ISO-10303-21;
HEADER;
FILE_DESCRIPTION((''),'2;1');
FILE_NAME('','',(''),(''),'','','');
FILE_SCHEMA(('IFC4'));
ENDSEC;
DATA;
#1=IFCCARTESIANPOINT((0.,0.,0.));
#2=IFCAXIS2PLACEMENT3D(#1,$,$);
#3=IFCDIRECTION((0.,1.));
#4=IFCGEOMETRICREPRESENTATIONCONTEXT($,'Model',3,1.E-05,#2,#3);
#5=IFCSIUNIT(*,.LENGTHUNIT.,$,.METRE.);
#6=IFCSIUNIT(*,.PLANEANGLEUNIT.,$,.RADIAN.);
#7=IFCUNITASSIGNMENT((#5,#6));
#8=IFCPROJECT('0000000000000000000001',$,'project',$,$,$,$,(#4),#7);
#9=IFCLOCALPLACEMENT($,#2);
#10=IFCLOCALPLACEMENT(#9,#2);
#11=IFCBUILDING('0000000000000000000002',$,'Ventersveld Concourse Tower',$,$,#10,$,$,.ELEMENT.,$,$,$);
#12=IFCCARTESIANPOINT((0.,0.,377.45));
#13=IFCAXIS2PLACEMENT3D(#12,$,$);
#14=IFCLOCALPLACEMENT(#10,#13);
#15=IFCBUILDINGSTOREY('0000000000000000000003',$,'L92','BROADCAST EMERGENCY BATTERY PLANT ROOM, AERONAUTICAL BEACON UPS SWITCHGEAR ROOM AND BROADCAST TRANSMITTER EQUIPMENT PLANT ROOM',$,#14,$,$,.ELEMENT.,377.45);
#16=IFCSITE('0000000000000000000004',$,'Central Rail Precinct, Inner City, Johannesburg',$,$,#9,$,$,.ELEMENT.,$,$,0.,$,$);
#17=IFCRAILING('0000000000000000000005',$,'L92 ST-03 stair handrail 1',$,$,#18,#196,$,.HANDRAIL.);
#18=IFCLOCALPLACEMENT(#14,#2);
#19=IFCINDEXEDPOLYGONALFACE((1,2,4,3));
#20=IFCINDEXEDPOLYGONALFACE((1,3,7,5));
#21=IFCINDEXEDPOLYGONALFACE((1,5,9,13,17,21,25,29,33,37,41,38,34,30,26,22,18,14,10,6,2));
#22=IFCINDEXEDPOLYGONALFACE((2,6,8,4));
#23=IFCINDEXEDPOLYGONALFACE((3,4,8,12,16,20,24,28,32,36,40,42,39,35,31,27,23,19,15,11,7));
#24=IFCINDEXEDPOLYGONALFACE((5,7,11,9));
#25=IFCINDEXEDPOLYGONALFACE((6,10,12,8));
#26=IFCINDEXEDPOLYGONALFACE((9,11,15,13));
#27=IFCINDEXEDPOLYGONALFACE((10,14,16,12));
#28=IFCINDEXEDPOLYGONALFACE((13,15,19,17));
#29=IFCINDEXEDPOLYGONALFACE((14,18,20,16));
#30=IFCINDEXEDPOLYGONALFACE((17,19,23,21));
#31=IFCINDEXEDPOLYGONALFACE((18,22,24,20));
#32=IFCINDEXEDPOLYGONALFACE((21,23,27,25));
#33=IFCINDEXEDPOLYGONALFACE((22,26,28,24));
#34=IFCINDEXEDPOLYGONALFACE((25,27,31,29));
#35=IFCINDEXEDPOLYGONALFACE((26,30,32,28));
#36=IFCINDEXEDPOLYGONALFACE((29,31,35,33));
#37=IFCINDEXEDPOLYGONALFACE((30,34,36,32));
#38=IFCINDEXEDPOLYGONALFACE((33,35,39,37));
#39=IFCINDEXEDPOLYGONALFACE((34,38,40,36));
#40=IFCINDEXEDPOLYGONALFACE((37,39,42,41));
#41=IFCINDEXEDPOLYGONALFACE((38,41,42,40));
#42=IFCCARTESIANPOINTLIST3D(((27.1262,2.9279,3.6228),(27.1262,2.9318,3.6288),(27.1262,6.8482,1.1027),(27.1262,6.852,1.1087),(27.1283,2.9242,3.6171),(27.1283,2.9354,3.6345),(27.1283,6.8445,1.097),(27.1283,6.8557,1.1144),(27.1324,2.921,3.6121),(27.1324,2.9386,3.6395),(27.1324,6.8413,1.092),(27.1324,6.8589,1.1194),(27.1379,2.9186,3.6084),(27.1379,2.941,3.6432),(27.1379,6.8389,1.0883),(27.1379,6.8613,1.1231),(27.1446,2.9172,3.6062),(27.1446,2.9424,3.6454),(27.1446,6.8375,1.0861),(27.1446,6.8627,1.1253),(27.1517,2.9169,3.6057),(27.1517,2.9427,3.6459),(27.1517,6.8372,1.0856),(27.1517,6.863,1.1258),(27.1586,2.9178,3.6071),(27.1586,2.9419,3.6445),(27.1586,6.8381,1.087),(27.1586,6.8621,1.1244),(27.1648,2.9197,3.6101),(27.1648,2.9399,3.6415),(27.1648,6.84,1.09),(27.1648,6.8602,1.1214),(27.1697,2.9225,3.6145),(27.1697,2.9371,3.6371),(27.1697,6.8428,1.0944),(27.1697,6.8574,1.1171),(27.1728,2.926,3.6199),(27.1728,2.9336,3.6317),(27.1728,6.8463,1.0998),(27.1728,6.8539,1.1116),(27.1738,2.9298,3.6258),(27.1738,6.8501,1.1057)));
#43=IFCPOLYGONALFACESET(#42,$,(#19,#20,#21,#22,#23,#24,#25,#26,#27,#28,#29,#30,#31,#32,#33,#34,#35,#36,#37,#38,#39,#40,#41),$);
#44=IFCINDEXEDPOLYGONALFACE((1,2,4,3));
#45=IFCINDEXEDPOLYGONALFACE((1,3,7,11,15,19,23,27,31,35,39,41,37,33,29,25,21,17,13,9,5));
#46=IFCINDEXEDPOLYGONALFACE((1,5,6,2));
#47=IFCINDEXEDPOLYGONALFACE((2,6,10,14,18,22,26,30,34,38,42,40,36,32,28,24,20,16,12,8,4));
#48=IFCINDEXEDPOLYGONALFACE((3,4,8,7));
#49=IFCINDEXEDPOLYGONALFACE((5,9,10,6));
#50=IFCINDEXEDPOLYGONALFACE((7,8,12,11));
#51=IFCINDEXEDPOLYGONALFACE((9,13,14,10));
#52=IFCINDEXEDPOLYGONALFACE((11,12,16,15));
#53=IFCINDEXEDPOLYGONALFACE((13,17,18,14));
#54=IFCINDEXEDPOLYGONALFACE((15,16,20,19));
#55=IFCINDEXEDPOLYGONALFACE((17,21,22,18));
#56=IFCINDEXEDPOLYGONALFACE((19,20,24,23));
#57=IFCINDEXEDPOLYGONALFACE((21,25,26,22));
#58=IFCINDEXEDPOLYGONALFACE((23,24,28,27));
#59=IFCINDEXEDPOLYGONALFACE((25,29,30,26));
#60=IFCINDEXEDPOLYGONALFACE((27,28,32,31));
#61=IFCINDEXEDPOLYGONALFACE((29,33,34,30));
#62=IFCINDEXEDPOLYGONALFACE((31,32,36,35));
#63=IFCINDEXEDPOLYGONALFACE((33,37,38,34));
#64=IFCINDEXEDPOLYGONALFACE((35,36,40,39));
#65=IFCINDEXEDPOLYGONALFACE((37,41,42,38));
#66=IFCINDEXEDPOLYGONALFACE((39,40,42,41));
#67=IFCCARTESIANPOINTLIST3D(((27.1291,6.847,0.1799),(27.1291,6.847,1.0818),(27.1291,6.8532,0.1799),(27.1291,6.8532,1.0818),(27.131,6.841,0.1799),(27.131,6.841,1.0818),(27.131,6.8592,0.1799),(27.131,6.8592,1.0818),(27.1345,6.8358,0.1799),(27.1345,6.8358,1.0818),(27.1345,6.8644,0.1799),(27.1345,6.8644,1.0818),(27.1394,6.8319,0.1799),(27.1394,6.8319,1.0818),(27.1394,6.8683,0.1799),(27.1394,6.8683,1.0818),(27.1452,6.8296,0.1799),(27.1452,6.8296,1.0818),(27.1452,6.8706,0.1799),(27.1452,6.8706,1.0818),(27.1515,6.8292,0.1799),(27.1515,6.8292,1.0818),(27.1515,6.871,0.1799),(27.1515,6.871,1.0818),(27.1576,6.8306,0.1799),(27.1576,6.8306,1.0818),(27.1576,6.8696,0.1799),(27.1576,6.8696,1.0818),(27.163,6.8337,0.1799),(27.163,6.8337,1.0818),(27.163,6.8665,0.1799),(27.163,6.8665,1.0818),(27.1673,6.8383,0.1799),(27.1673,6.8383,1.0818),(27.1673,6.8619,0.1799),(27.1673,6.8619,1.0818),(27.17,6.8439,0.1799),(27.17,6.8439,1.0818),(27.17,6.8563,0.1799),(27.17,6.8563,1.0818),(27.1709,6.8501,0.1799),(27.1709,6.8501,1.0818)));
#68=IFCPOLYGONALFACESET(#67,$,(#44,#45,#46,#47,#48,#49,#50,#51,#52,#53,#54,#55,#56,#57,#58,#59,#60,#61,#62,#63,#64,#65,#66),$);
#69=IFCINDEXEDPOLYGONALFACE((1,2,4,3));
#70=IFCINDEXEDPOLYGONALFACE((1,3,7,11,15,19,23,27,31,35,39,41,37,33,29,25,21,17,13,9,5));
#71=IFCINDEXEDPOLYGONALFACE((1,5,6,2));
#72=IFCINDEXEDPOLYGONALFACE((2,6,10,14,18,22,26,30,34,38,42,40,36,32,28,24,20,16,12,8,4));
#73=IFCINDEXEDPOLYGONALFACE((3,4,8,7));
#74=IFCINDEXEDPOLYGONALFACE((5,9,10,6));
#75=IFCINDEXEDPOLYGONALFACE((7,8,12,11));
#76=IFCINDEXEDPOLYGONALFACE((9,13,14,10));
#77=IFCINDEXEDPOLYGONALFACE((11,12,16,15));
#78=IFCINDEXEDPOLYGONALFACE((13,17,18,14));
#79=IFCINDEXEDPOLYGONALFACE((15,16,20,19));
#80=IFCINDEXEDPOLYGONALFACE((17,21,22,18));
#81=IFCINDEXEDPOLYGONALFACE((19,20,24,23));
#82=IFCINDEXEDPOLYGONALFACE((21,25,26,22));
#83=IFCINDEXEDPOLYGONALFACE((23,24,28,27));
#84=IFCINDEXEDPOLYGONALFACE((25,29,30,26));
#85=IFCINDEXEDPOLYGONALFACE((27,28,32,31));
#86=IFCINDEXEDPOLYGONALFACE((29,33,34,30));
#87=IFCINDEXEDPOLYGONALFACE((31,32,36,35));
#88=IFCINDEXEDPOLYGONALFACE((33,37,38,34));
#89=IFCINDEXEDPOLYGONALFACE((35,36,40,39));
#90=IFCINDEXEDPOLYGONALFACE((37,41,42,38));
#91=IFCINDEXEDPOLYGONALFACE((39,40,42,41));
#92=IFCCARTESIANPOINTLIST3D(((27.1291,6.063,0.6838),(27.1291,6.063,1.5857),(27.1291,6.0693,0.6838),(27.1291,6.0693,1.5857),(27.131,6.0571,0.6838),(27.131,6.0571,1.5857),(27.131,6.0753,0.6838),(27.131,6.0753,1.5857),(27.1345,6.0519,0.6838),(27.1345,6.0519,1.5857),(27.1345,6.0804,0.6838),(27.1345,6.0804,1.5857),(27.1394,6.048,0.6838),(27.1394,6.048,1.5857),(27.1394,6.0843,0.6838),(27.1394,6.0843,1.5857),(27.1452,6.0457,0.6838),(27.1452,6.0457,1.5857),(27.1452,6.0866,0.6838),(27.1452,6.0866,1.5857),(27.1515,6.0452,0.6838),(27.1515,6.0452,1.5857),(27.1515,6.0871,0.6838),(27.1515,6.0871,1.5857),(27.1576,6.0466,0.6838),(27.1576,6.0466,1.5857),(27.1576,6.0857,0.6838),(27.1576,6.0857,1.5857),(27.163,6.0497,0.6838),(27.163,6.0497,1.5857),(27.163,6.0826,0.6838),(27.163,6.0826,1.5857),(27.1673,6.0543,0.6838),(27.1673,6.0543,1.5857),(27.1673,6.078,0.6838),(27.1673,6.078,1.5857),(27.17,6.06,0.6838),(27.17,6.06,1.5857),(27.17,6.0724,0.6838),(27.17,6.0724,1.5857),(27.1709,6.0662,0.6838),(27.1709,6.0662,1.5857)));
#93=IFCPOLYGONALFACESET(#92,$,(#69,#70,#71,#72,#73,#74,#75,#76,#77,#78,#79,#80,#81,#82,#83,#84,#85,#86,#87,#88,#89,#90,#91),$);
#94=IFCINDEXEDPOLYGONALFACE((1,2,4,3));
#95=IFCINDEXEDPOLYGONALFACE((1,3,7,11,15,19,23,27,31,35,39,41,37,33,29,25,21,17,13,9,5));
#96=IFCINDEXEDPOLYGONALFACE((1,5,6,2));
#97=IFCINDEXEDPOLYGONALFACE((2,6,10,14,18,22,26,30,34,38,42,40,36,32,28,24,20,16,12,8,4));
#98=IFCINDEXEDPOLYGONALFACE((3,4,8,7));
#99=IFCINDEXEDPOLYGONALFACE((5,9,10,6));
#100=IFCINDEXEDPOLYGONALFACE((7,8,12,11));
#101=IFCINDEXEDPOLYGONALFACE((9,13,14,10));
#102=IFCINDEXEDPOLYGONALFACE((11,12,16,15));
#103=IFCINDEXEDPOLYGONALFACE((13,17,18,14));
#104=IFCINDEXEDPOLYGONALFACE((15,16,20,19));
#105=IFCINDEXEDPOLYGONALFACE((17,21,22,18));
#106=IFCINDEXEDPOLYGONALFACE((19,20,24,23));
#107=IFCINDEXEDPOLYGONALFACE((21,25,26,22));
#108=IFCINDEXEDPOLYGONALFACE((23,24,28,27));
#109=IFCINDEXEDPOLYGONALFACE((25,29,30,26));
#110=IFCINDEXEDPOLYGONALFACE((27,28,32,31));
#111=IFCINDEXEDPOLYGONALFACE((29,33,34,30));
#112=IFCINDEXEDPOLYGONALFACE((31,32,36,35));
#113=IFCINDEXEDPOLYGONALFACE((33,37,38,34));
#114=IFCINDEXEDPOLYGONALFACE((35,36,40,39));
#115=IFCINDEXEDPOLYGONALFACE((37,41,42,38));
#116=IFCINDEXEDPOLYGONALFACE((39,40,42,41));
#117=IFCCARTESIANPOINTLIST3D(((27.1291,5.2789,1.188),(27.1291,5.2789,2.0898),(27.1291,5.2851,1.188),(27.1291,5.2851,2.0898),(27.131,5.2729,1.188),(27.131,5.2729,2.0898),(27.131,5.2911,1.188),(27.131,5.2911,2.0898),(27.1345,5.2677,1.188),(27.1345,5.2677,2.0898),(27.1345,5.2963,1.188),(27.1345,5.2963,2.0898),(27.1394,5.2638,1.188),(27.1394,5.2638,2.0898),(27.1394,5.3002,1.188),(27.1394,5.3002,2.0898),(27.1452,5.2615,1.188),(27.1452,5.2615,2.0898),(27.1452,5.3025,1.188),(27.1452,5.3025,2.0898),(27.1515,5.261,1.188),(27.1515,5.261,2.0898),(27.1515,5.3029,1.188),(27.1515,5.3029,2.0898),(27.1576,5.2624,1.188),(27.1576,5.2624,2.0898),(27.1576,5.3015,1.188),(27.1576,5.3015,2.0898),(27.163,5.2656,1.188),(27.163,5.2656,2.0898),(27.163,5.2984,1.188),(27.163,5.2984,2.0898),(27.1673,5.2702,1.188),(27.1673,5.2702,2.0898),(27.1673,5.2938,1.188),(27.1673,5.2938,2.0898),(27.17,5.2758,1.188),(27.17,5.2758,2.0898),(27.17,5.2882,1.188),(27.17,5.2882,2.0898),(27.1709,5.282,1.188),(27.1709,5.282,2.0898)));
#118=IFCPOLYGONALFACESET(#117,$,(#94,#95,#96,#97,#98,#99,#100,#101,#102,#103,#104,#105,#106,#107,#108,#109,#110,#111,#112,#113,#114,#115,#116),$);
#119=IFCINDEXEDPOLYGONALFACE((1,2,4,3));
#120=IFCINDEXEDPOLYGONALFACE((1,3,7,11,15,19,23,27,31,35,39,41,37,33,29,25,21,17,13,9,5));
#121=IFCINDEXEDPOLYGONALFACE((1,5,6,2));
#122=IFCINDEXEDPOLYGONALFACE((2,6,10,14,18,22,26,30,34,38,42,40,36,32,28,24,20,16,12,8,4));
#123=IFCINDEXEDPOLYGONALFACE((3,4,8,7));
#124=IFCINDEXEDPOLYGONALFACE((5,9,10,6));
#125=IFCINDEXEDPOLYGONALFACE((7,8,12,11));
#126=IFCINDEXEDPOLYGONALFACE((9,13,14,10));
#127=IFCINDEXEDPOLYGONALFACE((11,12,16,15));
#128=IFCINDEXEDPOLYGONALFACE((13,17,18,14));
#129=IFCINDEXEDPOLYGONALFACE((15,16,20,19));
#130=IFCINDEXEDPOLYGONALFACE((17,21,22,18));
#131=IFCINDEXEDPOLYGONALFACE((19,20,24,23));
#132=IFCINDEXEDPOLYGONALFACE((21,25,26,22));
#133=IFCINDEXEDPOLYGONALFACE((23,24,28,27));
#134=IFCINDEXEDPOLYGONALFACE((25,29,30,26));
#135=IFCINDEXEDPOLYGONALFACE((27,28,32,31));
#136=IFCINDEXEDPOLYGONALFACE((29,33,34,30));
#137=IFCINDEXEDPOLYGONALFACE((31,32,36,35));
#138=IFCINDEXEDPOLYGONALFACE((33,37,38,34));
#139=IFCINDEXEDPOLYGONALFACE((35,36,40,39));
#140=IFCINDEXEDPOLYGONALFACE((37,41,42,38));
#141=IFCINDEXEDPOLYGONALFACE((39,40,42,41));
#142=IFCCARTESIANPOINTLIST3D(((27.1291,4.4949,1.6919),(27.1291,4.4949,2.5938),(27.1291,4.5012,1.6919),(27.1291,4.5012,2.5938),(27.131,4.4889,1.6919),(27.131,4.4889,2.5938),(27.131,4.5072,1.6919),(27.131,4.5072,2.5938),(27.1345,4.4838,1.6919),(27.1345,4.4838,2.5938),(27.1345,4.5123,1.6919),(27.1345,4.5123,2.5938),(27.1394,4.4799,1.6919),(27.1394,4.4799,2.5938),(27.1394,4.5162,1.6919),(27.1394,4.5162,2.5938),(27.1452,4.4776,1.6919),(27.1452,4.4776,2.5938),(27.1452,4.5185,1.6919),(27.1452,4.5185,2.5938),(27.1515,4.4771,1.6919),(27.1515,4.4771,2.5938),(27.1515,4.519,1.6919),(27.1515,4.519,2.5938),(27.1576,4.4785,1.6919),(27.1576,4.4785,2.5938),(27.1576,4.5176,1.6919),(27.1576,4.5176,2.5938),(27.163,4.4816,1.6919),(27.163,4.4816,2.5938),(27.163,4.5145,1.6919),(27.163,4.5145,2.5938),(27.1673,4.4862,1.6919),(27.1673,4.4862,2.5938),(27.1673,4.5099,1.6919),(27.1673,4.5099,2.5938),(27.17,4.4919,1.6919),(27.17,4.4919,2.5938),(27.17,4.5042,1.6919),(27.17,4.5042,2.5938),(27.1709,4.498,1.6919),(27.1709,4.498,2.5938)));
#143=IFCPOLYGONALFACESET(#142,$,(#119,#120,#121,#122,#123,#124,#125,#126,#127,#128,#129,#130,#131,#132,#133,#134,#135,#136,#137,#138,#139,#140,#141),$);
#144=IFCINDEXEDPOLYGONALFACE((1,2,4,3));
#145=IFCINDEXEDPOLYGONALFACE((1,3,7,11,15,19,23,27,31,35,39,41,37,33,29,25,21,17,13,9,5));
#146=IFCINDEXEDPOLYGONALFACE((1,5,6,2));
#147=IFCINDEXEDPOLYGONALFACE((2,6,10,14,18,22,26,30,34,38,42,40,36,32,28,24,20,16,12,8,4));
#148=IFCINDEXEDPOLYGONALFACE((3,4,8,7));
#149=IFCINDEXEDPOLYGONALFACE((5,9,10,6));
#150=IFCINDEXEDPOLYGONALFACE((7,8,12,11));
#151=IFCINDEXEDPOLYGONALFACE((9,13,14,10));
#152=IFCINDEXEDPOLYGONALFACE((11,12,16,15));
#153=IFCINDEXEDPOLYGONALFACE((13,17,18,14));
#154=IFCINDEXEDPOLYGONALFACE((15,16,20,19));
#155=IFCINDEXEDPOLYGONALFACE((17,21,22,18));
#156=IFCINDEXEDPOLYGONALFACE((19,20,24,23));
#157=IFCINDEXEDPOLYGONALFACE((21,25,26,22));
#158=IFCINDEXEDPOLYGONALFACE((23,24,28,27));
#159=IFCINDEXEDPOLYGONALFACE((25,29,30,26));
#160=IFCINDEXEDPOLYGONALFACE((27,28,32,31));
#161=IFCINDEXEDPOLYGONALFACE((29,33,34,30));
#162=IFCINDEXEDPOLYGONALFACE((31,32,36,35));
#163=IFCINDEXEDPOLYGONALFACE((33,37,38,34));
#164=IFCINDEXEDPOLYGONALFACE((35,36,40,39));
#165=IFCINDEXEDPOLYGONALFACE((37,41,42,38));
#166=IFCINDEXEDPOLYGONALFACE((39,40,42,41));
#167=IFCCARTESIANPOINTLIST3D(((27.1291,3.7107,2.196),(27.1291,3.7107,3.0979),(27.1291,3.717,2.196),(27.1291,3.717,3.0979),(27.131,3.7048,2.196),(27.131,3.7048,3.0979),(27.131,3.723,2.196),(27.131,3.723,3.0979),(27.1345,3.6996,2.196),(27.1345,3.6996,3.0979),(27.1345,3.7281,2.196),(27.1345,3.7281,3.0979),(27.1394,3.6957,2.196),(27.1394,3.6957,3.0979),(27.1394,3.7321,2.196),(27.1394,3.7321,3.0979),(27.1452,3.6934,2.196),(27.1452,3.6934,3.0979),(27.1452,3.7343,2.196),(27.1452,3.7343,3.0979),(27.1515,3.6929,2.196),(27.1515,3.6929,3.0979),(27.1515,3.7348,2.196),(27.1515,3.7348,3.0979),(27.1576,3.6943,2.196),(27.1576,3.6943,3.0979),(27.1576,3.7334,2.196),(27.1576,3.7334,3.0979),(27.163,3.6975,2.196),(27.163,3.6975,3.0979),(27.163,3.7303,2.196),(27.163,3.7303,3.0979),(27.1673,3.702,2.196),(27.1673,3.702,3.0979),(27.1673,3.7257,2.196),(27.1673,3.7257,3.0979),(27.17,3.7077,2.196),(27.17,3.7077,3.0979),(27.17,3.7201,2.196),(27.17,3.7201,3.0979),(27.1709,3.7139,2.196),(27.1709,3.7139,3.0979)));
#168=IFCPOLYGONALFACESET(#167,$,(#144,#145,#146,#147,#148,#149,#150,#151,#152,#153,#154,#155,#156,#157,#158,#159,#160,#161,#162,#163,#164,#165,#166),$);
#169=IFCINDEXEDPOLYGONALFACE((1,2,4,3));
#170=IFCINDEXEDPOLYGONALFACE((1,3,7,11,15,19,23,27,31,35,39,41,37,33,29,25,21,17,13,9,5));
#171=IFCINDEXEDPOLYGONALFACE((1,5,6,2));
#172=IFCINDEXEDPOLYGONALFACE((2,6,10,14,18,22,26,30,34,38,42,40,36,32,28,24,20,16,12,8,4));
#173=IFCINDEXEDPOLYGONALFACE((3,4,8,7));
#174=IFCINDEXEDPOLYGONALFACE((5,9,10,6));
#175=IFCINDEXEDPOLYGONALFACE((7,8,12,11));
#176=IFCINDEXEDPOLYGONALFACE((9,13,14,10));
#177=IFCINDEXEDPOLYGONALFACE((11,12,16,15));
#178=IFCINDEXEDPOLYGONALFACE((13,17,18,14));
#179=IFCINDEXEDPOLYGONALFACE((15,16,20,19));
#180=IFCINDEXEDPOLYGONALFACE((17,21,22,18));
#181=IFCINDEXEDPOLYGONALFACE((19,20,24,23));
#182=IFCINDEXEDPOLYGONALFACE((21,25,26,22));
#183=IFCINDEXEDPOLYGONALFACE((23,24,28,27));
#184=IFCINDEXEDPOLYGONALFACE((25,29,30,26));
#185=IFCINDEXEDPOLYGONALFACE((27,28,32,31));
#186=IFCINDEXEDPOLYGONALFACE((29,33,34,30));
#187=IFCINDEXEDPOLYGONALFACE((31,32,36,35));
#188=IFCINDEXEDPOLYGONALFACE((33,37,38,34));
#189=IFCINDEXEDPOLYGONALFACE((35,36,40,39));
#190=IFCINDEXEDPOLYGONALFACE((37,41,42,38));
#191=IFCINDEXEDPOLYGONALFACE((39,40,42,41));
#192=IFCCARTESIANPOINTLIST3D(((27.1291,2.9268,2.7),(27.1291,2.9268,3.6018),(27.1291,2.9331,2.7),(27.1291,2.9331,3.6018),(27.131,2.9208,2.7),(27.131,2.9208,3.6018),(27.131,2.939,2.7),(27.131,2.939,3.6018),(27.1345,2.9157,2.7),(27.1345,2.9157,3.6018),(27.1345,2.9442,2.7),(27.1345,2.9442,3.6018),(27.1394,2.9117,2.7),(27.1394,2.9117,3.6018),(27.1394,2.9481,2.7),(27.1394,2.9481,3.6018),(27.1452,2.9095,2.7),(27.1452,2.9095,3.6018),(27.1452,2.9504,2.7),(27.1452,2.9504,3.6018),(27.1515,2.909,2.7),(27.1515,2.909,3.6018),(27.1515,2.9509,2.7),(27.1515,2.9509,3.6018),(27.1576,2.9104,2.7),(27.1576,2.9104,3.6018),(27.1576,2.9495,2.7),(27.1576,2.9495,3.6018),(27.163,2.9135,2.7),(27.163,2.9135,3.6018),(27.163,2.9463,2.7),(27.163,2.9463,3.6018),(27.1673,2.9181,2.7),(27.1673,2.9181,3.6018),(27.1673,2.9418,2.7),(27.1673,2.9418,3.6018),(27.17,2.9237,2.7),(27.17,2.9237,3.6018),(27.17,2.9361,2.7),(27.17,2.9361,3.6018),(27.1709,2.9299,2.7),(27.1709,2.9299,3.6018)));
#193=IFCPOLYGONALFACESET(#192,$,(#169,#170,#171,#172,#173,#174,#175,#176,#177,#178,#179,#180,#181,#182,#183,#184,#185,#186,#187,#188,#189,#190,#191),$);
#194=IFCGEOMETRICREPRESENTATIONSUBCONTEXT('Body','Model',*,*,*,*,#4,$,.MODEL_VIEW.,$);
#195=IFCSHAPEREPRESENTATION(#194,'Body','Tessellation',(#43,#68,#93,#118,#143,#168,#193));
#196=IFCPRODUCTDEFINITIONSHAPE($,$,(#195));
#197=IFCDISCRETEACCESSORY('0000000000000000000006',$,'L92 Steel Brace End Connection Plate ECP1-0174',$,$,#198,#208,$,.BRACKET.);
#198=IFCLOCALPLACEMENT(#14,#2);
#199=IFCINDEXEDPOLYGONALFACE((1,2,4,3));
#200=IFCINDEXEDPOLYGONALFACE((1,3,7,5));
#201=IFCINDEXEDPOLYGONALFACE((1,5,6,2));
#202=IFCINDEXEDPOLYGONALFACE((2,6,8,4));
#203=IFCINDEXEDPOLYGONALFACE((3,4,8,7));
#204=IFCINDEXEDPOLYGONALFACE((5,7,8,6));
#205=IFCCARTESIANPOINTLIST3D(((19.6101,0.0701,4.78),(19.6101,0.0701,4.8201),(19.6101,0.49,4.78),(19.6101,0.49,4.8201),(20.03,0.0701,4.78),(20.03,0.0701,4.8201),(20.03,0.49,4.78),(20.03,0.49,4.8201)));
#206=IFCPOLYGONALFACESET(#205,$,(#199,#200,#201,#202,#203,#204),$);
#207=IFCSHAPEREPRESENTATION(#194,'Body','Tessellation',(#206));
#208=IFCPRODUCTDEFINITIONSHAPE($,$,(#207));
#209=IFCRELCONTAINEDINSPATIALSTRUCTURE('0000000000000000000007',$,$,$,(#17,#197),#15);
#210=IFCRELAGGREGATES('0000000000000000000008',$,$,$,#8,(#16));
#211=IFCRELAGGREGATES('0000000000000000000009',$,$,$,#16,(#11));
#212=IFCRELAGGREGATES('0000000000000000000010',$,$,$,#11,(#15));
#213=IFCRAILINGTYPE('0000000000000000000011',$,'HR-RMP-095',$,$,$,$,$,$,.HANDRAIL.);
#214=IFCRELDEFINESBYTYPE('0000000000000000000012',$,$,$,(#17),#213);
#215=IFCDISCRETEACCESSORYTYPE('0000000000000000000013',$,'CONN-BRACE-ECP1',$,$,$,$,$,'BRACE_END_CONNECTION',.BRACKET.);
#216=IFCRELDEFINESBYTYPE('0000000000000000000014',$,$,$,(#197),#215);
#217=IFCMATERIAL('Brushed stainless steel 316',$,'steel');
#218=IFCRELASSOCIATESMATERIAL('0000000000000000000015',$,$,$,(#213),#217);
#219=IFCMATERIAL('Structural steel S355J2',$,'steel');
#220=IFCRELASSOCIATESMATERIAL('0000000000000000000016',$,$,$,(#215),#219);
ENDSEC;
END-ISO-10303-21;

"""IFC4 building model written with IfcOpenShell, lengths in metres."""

from ifc_helpers import new_model, si_unit, direction, frame, origin, origin_2d, place, context, subcontext, project, spatial, rectangle, circle, extrude, material, type_object, element, save


model = new_model("IFC4")

# Units and contexts
model_context = context("Model", 3, precision=1e-05, world=origin(), true_north=direction((0.0, 1.0)))
body_context = subcontext(model_context, "Body", "Model", "MODEL_VIEW")
ifc_project = project(units=[si_unit("LENGTHUNIT", "METRE"), si_unit("PLANEANGLEUNIT", "RADIAN")], contexts=[model_context])

# Site, building, storey
site_placement = place(None, origin())
site = spatial("IfcSite", under=ifc_project, at=site_placement, Name="Central Rail Precinct, Inner City, Johannesburg", CompositionType="ELEMENT", RefElevation=0.0)
building_placement = place(site_placement, origin())
building = spatial("IfcBuilding", under=site, at=building_placement, Name="Ventersveld Concourse Tower", CompositionType="ELEMENT")
storey_placement = place(building_placement, frame((0.0, 0.0, 377.45)))
storey = spatial("IfcBuildingStorey", under=building, at=storey_placement, Name="L92", Description="BROADCAST EMERGENCY BATTERY PLANT ROOM, AERONAUTICAL BEACON UPS SWITCHGEAR ROOM AND BROADCAST TRANSMITTER EQUIPMENT PLANT ROOM", CompositionType="ELEMENT", Elevation=377.45)

# Shared definitions
ifc_material_1 = material(Name="Structural steel S355J2", Category="steel")

# Shared definitions
ifc_material_2 = material(Name="Brushed stainless steel 316", Category="steel")

# Railing
railing_type_1 = type_object("IfcRailingType", Name="HR-RMP-095", PredefinedType="HANDRAIL", material=ifc_material_2)
railing_1_placement = place(storey_placement, frame((27.1499, 6.8501, 0.1799)))
element("IfcRailing", 1, at=railing_1_placement, inside=storey, type_object=railing_type_1, Name="L92 ST-03 stair handrail 1", PredefinedType="HANDRAIL", context=body_context, shape_type="SweptSolid", body=[
    extrude(circle(Radius=0.0239, at=origin_2d()), frame((0.0, 0.0, 0.9258), z_axis=(0.0, -0.841187, 0.540744), x_axis=(1.0, 0.0, 0.0)), (0.0, 0.0, 1.0), 4.6604),
    extrude(circle(Radius=0.021, at=origin_2d()), origin(), (0.0, 0.0, 1.0), 0.9019),
    extrude(circle(Radius=0.021, at=origin_2d()), frame((0.0, -0.7839, 0.5039)), (0.0, 0.0, 1.0), 0.9019),
    extrude(circle(Radius=0.021, at=origin_2d()), frame((0.0, -1.5681, 1.0081)), (0.0, 0.0, 1.0), 0.9019),
    extrude(circle(Radius=0.021, at=origin_2d()), frame((0.0, -2.3521, 1.512)), (0.0, 0.0, 1.0), 0.9019),
    extrude(circle(Radius=0.021, at=origin_2d()), frame((0.0, -3.1362, 2.0161)), (0.0, 0.0, 1.0), 0.9019),
    extrude(circle(Radius=0.021, at=origin_2d()), frame((0.0, -3.9202, 2.52)), (0.0, 0.0, 1.0), 0.9019),
])

# Discrete accessory
discrete_accessory_type = type_object("IfcDiscreteAccessoryType", Name="CONN-BRACE-ECP1", ElementType="BRACE_END_CONNECTION", PredefinedType="BRACKET", material=ifc_material_1)
discrete_accessory_placement = place(storey_placement, frame((19.8201, 0.28, 4.78), z_axis=(0.0, 0.0, 1.0), x_axis=(1.0, 0.0, 0.0)))
element("IfcDiscreteAccessory", 2, at=discrete_accessory_placement, inside=storey, type_object=discrete_accessory_type, Name="L92 Steel Brace End Connection Plate ECP1-0174", PredefinedType="BRACKET", context=body_context, shape_type="SweptSolid", body=[
    extrude(rectangle(XDim=0.4199, YDim=0.4199, at=origin_2d()), origin(), (0.0, 0.0, 1.0), 0.04),
])

save(model, "model.ifc")
